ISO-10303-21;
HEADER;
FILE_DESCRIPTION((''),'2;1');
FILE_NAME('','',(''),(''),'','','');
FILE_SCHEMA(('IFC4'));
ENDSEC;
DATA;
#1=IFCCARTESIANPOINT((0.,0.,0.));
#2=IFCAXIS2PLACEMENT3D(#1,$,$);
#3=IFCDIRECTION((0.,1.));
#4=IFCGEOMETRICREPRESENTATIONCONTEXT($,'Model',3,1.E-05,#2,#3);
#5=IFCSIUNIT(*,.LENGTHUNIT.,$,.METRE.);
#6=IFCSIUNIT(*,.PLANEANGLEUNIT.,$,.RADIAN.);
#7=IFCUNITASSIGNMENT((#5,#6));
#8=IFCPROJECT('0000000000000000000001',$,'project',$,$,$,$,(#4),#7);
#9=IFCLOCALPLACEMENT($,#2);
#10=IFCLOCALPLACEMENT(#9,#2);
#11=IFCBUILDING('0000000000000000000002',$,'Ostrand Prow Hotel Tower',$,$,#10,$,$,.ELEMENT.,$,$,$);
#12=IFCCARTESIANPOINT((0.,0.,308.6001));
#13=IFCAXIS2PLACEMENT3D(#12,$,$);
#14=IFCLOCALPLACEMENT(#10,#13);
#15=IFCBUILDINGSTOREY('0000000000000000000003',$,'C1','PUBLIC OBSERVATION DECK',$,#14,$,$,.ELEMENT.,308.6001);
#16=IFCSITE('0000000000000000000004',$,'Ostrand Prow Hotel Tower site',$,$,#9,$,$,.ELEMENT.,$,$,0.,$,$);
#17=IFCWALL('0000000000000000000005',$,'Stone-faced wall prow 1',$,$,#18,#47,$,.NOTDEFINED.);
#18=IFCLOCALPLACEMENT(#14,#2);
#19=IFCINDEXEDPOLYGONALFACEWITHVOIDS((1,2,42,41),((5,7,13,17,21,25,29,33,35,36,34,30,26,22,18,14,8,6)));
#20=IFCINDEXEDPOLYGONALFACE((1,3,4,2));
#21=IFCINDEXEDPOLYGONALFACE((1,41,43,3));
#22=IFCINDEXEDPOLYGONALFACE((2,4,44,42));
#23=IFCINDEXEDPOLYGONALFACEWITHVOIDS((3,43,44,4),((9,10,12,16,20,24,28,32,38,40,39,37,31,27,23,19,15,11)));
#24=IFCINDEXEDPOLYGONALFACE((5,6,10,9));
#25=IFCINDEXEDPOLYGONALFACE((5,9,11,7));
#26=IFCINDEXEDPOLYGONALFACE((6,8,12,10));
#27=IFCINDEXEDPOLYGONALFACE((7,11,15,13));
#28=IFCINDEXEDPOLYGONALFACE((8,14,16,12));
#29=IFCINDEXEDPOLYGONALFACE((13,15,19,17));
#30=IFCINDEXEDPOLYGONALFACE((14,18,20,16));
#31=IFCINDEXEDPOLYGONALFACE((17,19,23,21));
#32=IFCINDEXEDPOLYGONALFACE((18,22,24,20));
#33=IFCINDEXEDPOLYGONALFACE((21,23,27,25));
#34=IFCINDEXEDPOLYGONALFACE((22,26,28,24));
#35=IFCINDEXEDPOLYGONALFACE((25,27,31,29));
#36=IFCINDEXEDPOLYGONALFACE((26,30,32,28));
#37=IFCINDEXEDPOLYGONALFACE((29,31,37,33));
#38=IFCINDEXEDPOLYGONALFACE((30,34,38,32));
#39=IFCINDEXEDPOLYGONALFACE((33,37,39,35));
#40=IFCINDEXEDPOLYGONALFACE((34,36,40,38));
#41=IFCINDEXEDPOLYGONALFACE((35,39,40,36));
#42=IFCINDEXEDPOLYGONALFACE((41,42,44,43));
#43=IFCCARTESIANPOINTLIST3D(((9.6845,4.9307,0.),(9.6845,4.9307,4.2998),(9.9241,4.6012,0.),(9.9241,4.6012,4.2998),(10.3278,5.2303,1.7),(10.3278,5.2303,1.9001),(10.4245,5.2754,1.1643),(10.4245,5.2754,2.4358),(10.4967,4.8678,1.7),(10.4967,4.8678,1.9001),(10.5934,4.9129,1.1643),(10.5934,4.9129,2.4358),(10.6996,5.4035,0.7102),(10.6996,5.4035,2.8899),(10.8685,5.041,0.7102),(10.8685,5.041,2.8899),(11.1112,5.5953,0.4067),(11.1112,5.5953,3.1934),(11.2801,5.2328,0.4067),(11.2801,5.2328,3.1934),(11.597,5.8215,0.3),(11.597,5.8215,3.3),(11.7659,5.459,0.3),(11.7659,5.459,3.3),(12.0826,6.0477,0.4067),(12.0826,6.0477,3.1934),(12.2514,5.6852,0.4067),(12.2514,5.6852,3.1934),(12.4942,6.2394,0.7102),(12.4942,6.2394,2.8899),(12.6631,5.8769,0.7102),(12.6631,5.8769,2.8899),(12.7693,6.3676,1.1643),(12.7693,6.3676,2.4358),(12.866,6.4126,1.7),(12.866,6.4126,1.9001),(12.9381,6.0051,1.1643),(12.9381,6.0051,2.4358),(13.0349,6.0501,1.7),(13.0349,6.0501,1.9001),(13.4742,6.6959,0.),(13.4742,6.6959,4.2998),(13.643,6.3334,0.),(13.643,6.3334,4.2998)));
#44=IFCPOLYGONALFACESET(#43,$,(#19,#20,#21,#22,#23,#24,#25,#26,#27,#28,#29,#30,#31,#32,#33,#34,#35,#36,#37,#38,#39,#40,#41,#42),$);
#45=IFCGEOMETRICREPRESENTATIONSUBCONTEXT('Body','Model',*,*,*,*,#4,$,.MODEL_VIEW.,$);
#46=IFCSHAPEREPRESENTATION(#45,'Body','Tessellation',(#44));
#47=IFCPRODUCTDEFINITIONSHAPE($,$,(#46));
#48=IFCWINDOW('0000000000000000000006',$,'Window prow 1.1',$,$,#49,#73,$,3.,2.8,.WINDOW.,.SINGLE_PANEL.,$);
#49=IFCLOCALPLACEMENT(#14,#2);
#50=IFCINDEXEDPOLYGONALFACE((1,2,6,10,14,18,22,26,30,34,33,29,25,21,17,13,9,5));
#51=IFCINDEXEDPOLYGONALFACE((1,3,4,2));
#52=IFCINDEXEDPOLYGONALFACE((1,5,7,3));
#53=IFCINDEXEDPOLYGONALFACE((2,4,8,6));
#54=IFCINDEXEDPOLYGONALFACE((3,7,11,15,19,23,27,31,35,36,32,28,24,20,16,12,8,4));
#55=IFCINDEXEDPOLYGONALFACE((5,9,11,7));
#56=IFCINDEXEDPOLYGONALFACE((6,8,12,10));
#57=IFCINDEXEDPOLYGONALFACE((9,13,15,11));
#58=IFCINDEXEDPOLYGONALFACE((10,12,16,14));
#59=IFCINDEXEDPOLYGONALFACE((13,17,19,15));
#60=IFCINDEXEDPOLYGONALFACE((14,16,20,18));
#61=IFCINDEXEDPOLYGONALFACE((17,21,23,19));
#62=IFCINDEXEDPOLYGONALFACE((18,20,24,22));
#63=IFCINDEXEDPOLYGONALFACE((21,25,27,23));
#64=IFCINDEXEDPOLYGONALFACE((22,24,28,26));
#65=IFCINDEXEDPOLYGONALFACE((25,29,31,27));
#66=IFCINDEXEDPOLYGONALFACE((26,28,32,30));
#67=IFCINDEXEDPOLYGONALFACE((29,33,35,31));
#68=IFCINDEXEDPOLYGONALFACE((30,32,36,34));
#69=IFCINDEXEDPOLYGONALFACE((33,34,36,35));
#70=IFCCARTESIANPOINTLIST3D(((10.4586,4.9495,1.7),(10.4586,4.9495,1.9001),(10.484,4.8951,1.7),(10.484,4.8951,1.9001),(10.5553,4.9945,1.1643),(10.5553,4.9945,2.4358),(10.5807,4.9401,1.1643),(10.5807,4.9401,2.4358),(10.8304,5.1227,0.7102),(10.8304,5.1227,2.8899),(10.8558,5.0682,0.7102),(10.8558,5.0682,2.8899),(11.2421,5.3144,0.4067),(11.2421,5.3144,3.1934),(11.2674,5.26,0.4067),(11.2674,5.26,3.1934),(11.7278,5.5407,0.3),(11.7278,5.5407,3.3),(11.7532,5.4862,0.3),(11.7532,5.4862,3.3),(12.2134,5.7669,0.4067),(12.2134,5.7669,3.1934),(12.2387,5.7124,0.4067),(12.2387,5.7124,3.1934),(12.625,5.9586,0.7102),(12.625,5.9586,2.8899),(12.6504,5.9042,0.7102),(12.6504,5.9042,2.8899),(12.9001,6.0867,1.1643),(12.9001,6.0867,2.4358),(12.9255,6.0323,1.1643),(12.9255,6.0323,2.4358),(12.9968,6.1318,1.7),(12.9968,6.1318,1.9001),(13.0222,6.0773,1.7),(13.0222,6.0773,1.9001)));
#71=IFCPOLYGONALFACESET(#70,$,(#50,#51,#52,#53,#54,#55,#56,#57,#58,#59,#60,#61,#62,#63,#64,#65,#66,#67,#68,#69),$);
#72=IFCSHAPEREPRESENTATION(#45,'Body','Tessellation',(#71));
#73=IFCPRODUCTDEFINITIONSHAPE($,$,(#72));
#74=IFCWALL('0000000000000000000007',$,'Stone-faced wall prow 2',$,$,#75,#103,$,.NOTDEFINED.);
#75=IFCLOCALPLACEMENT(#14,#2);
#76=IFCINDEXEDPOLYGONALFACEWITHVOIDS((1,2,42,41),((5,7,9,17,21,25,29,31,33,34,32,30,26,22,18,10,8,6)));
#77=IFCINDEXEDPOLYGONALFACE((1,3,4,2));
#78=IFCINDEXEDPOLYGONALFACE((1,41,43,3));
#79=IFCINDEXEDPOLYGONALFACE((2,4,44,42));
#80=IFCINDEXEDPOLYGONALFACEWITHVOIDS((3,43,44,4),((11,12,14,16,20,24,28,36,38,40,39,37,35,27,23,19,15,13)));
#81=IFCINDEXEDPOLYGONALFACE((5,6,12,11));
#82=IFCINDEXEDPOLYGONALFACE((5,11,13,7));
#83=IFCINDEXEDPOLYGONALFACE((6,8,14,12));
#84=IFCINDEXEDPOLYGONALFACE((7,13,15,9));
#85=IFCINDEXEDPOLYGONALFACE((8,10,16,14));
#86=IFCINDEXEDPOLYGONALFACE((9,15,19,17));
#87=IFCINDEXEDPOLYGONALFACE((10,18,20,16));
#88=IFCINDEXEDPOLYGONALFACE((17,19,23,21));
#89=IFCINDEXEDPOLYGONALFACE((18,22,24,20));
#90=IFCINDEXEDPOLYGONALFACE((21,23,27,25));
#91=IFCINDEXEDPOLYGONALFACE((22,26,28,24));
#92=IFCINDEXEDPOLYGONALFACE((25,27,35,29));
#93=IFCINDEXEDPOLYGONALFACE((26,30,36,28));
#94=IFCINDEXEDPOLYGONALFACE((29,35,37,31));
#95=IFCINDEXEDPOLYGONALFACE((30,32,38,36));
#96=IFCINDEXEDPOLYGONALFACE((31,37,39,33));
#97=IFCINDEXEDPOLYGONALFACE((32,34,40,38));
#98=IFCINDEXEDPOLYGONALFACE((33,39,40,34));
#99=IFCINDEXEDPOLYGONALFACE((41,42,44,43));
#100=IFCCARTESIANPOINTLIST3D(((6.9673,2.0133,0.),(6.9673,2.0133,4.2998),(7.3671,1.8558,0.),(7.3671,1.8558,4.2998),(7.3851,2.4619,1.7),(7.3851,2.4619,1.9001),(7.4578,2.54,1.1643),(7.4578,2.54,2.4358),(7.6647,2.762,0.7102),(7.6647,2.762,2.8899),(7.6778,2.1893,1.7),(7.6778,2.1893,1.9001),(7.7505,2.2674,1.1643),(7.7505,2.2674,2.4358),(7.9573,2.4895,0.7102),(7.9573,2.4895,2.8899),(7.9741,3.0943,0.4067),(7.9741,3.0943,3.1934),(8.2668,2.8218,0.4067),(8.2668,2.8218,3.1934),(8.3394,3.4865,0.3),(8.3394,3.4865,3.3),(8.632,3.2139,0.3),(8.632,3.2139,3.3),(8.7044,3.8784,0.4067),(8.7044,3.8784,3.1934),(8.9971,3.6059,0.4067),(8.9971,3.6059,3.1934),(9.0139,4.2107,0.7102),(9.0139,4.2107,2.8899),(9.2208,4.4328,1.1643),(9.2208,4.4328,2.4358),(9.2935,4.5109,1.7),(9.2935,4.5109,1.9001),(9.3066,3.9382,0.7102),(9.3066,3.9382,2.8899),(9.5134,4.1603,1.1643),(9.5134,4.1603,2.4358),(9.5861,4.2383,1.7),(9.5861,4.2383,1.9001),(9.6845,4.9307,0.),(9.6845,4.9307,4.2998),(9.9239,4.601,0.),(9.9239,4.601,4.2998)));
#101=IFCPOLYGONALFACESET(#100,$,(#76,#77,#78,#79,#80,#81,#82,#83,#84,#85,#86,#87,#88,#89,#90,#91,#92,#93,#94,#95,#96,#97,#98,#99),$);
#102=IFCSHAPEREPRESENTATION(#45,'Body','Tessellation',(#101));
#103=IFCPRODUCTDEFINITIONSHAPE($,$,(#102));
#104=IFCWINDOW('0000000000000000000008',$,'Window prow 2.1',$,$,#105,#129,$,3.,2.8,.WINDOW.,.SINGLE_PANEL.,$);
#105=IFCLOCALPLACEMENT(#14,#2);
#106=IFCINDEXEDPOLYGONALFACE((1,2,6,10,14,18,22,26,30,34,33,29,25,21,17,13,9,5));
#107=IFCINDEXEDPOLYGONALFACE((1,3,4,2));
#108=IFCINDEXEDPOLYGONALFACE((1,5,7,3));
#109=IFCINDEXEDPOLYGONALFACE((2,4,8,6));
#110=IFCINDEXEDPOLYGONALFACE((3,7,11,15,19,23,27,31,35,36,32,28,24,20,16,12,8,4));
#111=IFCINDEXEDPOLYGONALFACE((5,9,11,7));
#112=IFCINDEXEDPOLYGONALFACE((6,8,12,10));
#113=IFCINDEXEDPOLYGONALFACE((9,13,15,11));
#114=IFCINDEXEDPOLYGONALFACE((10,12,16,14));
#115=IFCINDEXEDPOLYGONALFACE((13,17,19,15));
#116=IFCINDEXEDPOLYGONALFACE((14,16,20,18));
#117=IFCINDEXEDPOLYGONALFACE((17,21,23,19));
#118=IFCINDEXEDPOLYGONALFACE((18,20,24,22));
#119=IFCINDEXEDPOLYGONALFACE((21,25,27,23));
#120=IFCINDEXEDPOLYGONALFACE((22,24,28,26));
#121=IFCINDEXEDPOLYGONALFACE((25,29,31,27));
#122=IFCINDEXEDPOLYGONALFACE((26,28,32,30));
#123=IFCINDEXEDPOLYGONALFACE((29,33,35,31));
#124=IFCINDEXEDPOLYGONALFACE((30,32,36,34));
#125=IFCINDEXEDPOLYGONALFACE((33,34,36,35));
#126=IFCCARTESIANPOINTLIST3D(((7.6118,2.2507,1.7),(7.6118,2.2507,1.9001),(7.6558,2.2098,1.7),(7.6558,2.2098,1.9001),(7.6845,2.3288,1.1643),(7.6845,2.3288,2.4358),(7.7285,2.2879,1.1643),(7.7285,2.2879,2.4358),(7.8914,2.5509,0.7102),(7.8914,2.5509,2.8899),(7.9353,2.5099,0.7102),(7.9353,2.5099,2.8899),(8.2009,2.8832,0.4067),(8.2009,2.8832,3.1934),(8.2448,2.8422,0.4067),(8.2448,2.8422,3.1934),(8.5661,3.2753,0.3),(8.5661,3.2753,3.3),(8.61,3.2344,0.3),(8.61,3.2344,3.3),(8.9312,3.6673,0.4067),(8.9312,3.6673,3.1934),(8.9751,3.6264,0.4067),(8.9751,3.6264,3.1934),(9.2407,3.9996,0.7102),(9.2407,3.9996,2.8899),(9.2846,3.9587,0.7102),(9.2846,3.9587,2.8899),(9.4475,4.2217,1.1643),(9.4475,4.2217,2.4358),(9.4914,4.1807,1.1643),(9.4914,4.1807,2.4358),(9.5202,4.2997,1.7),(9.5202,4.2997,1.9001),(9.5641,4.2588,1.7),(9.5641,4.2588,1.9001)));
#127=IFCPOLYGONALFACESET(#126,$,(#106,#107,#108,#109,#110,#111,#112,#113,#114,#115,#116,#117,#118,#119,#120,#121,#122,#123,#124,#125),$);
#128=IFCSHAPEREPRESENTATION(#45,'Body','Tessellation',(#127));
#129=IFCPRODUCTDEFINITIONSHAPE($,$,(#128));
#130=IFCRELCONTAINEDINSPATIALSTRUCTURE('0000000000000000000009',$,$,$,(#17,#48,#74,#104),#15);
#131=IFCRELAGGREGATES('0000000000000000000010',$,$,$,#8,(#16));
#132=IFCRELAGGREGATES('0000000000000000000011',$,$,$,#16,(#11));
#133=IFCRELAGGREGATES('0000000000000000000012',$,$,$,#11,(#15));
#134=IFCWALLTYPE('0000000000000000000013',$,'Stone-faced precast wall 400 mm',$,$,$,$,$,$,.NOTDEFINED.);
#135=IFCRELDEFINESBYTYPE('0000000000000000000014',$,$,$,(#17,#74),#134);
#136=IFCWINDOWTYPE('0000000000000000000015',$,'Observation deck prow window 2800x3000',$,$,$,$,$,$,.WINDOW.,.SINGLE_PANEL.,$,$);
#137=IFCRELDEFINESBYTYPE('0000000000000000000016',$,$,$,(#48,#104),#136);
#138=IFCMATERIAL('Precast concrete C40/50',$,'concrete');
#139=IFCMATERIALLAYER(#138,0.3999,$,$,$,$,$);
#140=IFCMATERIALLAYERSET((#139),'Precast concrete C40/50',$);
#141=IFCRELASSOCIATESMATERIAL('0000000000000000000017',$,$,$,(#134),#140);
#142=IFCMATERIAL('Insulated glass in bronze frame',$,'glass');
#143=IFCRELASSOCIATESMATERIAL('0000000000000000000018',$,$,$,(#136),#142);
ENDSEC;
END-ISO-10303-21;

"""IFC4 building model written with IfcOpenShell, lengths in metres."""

from ifc_helpers import new_model, si_unit, direction, frame, origin, place, context, subcontext, project, spatial, polyline, outline, extrude, material, layer, layer_set, type_object, element, fill, save


model = new_model("IFC4")

# Units and contexts
model_context = context("Model", 3, precision=1e-05, world=origin(), true_north=direction((0.0, 1.0)))
body_context = subcontext(model_context, "Body", "Model", "MODEL_VIEW")
ifc_project = project(units=[si_unit("LENGTHUNIT", "METRE"), si_unit("PLANEANGLEUNIT", "RADIAN")], contexts=[model_context])

# Site, building, storey
site_placement = place(None, origin())
site = spatial("IfcSite", under=ifc_project, at=site_placement, Name="Ostrand Prow Hotel Tower site", CompositionType="ELEMENT", RefElevation=0.0)
building_placement = place(site_placement, origin())
building = spatial("IfcBuilding", under=site, at=building_placement, Name="Ostrand Prow Hotel Tower", CompositionType="ELEMENT")
storey_placement = place(building_placement, frame((0.0, 0.0, 308.6001)))
storey = spatial("IfcBuildingStorey", under=building, at=storey_placement, Name="C1", Description="PUBLIC OBSERVATION DECK", CompositionType="ELEMENT", Elevation=308.6001)

# Walls, openings, windows
ifc_material_1 = material(Name="Precast concrete C40/50", Category="concrete")
ifc_layer_1 = layer(ifc_material_1, 0.3999)
ifc_layer_set_1 = layer_set([ifc_layer_1], Name="Precast concrete C40/50")
wall_type_1 = type_object("IfcWallType", Name="Stone-faced precast wall 400 mm", PredefinedType="NOTDEFINED", material=ifc_layer_set_1)
wall_1_placement = place(storey_placement, frame((13.5586, 6.5146, 0.0), z_axis=(0.0, 0.0, 1.0), x_axis=(-0.906486, -0.422237, 0.0)))
wall_1 = element("IfcWall", 1, at=wall_1_placement, inside=storey, type_object=wall_type_1, Name="Stone-faced wall prow 1", PredefinedType="NOTDEFINED", context=body_context, shape_type="SweptSolid", body=[
    extrude(outline(polyline([(0.0, -0.2), (4.1807, -0.2), (4.1025, 0.2), (0.0, 0.2), (0.0, -0.2)])), origin(), (0.0, 0.0, 1.0), 4.2998),
])
opening_1_placement = place(wall_1_placement, frame((0.6709, 0.0, 0.3)))
opening_1 = element("IfcOpeningElement", 2, at=opening_1_placement, cuts=wall_1, PredefinedType="OPENING", context=body_context, shape_type="SweptSolid", body=[
    extrude(outline(polyline([(0.0, 1.6001), (0.1067, 2.1357), (0.4102, 2.5898), (0.8643, 2.8933), (1.3999, 3.0), (1.9358, 2.8933), (2.3899, 2.5898), (2.6934, 2.1357), (2.8, 1.6001), (2.8, 1.3999), (2.6934, 0.8643), (2.3899, 0.4102), (1.9358, 0.1067), (1.3999, 0.0), (0.8643, 0.1067), (0.4102, 0.4102), (0.1067, 0.8643), (0.0, 1.3999), (0.0, 1.6001)])), frame((0.0, 0.21, 0.0), z_axis=(0.0, -1.0, 0.0), x_axis=(1.0, 0.0, 0.0)), (0.0, 0.0, 1.0), 0.4199),
])
ifc_material_2 = material(Name="Insulated glass in bronze frame", Category="glass")
window_type = type_object("IfcWindowType", Name="Observation deck prow window 2800x3000", PartitioningType="SINGLE_PANEL", PredefinedType="WINDOW", material=ifc_material_2)
window_1_placement = place(opening_1_placement, origin())
window_1 = element("IfcWindow", 3, at=window_1_placement, inside=storey, type_object=window_type, Name="Window prow 1.1", OverallHeight=3.0, OverallWidth=2.8, PartitioningType="SINGLE_PANEL", PredefinedType="WINDOW", context=body_context, shape_type="SweptSolid", body=[
    extrude(outline(polyline([(0.0, 1.6001), (0.1067, 2.1357), (0.4102, 2.5898), (0.8643, 2.8933), (1.3999, 3.0), (1.9358, 2.8933), (2.3899, 2.5898), (2.6934, 2.1357), (2.8, 1.6001), (2.8, 1.3999), (2.6934, 0.8643), (2.3899, 0.4102), (1.9358, 0.1067), (1.3999, 0.0), (0.8643, 0.1067), (0.4102, 0.4102), (0.1067, 0.8643), (0.0, 1.3999), (0.0, 1.6001)])), frame((0.0, 0.1699, 0.0), z_axis=(0.0, -1.0, 0.0), x_axis=(1.0, 0.0, 0.0)), (0.0, 0.0, 1.0), 0.0601),
])
fill(opening_1, window_1)
wall_2_placement = place(storey_placement, frame((9.8042, 4.7659, 0.0), z_axis=(0.0, 0.0, 1.0), x_axis=(-0.681547, -0.731775, 0.0)))
wall_2 = element("IfcWall", 4, at=wall_2_placement, inside=storey, type_object=wall_type_1, Name="Stone-faced wall prow 2", PredefinedType="NOTDEFINED", context=body_context, shape_type="SweptSolid", body=[
    extrude(outline(polyline([(-0.0391, -0.2), (3.9478, -0.2), (3.7905, 0.2), (0.0391, 0.2), (-0.0391, -0.2)])), origin(), (0.0, 0.0, 1.0), 4.2998),
])
opening_2_placement = place(wall_2_placement, frame((0.5347, 0.0, 0.3)))
opening_2 = element("IfcOpeningElement", 5, at=opening_2_placement, cuts=wall_2, PredefinedType="OPENING", context=body_context, shape_type="SweptSolid", body=[
    extrude(outline(polyline([(0.0, 1.6001), (0.1067, 2.1357), (0.4102, 2.5898), (0.8643, 2.8933), (1.3999, 3.0), (1.9358, 2.8933), (2.3899, 2.5898), (2.6934, 2.1357), (2.8, 1.6001), (2.8, 1.3999), (2.6934, 0.8643), (2.3899, 0.4102), (1.9358, 0.1067), (1.3999, 0.0), (0.8643, 0.1067), (0.4102, 0.4102), (0.1067, 0.8643), (0.0, 1.3999), (0.0, 1.6001)])), frame((0.0, 0.21, 0.0), z_axis=(0.0, -1.0, 0.0), x_axis=(1.0, 0.0, 0.0)), (0.0, 0.0, 1.0), 0.4199),
])
window_2_placement = place(opening_2_placement, origin())
window_2 = element("IfcWindow", 6, at=window_2_placement, inside=storey, type_object=window_type, Name="Window prow 2.1", OverallHeight=3.0, OverallWidth=2.8, PartitioningType="SINGLE_PANEL", PredefinedType="WINDOW", context=body_context, shape_type="SweptSolid", body=[
    extrude(outline(polyline([(0.0, 1.6001), (0.1067, 2.1357), (0.4102, 2.5898), (0.8643, 2.8933), (1.3999, 3.0), (1.9358, 2.8933), (2.3899, 2.5898), (2.6934, 2.1357), (2.8, 1.6001), (2.8, 1.3999), (2.6934, 0.8643), (2.3899, 0.4102), (1.9358, 0.1067), (1.3999, 0.0), (0.8643, 0.1067), (0.4102, 0.4102), (0.1067, 0.8643), (0.0, 1.3999), (0.0, 1.6001)])), frame((0.0, 0.1699, 0.0), z_axis=(0.0, -1.0, 0.0), x_axis=(1.0, 0.0, 0.0)), (0.0, 0.0, 1.0), 0.0601),
])
fill(opening_2, window_2)

save(model, "model.ifc")
